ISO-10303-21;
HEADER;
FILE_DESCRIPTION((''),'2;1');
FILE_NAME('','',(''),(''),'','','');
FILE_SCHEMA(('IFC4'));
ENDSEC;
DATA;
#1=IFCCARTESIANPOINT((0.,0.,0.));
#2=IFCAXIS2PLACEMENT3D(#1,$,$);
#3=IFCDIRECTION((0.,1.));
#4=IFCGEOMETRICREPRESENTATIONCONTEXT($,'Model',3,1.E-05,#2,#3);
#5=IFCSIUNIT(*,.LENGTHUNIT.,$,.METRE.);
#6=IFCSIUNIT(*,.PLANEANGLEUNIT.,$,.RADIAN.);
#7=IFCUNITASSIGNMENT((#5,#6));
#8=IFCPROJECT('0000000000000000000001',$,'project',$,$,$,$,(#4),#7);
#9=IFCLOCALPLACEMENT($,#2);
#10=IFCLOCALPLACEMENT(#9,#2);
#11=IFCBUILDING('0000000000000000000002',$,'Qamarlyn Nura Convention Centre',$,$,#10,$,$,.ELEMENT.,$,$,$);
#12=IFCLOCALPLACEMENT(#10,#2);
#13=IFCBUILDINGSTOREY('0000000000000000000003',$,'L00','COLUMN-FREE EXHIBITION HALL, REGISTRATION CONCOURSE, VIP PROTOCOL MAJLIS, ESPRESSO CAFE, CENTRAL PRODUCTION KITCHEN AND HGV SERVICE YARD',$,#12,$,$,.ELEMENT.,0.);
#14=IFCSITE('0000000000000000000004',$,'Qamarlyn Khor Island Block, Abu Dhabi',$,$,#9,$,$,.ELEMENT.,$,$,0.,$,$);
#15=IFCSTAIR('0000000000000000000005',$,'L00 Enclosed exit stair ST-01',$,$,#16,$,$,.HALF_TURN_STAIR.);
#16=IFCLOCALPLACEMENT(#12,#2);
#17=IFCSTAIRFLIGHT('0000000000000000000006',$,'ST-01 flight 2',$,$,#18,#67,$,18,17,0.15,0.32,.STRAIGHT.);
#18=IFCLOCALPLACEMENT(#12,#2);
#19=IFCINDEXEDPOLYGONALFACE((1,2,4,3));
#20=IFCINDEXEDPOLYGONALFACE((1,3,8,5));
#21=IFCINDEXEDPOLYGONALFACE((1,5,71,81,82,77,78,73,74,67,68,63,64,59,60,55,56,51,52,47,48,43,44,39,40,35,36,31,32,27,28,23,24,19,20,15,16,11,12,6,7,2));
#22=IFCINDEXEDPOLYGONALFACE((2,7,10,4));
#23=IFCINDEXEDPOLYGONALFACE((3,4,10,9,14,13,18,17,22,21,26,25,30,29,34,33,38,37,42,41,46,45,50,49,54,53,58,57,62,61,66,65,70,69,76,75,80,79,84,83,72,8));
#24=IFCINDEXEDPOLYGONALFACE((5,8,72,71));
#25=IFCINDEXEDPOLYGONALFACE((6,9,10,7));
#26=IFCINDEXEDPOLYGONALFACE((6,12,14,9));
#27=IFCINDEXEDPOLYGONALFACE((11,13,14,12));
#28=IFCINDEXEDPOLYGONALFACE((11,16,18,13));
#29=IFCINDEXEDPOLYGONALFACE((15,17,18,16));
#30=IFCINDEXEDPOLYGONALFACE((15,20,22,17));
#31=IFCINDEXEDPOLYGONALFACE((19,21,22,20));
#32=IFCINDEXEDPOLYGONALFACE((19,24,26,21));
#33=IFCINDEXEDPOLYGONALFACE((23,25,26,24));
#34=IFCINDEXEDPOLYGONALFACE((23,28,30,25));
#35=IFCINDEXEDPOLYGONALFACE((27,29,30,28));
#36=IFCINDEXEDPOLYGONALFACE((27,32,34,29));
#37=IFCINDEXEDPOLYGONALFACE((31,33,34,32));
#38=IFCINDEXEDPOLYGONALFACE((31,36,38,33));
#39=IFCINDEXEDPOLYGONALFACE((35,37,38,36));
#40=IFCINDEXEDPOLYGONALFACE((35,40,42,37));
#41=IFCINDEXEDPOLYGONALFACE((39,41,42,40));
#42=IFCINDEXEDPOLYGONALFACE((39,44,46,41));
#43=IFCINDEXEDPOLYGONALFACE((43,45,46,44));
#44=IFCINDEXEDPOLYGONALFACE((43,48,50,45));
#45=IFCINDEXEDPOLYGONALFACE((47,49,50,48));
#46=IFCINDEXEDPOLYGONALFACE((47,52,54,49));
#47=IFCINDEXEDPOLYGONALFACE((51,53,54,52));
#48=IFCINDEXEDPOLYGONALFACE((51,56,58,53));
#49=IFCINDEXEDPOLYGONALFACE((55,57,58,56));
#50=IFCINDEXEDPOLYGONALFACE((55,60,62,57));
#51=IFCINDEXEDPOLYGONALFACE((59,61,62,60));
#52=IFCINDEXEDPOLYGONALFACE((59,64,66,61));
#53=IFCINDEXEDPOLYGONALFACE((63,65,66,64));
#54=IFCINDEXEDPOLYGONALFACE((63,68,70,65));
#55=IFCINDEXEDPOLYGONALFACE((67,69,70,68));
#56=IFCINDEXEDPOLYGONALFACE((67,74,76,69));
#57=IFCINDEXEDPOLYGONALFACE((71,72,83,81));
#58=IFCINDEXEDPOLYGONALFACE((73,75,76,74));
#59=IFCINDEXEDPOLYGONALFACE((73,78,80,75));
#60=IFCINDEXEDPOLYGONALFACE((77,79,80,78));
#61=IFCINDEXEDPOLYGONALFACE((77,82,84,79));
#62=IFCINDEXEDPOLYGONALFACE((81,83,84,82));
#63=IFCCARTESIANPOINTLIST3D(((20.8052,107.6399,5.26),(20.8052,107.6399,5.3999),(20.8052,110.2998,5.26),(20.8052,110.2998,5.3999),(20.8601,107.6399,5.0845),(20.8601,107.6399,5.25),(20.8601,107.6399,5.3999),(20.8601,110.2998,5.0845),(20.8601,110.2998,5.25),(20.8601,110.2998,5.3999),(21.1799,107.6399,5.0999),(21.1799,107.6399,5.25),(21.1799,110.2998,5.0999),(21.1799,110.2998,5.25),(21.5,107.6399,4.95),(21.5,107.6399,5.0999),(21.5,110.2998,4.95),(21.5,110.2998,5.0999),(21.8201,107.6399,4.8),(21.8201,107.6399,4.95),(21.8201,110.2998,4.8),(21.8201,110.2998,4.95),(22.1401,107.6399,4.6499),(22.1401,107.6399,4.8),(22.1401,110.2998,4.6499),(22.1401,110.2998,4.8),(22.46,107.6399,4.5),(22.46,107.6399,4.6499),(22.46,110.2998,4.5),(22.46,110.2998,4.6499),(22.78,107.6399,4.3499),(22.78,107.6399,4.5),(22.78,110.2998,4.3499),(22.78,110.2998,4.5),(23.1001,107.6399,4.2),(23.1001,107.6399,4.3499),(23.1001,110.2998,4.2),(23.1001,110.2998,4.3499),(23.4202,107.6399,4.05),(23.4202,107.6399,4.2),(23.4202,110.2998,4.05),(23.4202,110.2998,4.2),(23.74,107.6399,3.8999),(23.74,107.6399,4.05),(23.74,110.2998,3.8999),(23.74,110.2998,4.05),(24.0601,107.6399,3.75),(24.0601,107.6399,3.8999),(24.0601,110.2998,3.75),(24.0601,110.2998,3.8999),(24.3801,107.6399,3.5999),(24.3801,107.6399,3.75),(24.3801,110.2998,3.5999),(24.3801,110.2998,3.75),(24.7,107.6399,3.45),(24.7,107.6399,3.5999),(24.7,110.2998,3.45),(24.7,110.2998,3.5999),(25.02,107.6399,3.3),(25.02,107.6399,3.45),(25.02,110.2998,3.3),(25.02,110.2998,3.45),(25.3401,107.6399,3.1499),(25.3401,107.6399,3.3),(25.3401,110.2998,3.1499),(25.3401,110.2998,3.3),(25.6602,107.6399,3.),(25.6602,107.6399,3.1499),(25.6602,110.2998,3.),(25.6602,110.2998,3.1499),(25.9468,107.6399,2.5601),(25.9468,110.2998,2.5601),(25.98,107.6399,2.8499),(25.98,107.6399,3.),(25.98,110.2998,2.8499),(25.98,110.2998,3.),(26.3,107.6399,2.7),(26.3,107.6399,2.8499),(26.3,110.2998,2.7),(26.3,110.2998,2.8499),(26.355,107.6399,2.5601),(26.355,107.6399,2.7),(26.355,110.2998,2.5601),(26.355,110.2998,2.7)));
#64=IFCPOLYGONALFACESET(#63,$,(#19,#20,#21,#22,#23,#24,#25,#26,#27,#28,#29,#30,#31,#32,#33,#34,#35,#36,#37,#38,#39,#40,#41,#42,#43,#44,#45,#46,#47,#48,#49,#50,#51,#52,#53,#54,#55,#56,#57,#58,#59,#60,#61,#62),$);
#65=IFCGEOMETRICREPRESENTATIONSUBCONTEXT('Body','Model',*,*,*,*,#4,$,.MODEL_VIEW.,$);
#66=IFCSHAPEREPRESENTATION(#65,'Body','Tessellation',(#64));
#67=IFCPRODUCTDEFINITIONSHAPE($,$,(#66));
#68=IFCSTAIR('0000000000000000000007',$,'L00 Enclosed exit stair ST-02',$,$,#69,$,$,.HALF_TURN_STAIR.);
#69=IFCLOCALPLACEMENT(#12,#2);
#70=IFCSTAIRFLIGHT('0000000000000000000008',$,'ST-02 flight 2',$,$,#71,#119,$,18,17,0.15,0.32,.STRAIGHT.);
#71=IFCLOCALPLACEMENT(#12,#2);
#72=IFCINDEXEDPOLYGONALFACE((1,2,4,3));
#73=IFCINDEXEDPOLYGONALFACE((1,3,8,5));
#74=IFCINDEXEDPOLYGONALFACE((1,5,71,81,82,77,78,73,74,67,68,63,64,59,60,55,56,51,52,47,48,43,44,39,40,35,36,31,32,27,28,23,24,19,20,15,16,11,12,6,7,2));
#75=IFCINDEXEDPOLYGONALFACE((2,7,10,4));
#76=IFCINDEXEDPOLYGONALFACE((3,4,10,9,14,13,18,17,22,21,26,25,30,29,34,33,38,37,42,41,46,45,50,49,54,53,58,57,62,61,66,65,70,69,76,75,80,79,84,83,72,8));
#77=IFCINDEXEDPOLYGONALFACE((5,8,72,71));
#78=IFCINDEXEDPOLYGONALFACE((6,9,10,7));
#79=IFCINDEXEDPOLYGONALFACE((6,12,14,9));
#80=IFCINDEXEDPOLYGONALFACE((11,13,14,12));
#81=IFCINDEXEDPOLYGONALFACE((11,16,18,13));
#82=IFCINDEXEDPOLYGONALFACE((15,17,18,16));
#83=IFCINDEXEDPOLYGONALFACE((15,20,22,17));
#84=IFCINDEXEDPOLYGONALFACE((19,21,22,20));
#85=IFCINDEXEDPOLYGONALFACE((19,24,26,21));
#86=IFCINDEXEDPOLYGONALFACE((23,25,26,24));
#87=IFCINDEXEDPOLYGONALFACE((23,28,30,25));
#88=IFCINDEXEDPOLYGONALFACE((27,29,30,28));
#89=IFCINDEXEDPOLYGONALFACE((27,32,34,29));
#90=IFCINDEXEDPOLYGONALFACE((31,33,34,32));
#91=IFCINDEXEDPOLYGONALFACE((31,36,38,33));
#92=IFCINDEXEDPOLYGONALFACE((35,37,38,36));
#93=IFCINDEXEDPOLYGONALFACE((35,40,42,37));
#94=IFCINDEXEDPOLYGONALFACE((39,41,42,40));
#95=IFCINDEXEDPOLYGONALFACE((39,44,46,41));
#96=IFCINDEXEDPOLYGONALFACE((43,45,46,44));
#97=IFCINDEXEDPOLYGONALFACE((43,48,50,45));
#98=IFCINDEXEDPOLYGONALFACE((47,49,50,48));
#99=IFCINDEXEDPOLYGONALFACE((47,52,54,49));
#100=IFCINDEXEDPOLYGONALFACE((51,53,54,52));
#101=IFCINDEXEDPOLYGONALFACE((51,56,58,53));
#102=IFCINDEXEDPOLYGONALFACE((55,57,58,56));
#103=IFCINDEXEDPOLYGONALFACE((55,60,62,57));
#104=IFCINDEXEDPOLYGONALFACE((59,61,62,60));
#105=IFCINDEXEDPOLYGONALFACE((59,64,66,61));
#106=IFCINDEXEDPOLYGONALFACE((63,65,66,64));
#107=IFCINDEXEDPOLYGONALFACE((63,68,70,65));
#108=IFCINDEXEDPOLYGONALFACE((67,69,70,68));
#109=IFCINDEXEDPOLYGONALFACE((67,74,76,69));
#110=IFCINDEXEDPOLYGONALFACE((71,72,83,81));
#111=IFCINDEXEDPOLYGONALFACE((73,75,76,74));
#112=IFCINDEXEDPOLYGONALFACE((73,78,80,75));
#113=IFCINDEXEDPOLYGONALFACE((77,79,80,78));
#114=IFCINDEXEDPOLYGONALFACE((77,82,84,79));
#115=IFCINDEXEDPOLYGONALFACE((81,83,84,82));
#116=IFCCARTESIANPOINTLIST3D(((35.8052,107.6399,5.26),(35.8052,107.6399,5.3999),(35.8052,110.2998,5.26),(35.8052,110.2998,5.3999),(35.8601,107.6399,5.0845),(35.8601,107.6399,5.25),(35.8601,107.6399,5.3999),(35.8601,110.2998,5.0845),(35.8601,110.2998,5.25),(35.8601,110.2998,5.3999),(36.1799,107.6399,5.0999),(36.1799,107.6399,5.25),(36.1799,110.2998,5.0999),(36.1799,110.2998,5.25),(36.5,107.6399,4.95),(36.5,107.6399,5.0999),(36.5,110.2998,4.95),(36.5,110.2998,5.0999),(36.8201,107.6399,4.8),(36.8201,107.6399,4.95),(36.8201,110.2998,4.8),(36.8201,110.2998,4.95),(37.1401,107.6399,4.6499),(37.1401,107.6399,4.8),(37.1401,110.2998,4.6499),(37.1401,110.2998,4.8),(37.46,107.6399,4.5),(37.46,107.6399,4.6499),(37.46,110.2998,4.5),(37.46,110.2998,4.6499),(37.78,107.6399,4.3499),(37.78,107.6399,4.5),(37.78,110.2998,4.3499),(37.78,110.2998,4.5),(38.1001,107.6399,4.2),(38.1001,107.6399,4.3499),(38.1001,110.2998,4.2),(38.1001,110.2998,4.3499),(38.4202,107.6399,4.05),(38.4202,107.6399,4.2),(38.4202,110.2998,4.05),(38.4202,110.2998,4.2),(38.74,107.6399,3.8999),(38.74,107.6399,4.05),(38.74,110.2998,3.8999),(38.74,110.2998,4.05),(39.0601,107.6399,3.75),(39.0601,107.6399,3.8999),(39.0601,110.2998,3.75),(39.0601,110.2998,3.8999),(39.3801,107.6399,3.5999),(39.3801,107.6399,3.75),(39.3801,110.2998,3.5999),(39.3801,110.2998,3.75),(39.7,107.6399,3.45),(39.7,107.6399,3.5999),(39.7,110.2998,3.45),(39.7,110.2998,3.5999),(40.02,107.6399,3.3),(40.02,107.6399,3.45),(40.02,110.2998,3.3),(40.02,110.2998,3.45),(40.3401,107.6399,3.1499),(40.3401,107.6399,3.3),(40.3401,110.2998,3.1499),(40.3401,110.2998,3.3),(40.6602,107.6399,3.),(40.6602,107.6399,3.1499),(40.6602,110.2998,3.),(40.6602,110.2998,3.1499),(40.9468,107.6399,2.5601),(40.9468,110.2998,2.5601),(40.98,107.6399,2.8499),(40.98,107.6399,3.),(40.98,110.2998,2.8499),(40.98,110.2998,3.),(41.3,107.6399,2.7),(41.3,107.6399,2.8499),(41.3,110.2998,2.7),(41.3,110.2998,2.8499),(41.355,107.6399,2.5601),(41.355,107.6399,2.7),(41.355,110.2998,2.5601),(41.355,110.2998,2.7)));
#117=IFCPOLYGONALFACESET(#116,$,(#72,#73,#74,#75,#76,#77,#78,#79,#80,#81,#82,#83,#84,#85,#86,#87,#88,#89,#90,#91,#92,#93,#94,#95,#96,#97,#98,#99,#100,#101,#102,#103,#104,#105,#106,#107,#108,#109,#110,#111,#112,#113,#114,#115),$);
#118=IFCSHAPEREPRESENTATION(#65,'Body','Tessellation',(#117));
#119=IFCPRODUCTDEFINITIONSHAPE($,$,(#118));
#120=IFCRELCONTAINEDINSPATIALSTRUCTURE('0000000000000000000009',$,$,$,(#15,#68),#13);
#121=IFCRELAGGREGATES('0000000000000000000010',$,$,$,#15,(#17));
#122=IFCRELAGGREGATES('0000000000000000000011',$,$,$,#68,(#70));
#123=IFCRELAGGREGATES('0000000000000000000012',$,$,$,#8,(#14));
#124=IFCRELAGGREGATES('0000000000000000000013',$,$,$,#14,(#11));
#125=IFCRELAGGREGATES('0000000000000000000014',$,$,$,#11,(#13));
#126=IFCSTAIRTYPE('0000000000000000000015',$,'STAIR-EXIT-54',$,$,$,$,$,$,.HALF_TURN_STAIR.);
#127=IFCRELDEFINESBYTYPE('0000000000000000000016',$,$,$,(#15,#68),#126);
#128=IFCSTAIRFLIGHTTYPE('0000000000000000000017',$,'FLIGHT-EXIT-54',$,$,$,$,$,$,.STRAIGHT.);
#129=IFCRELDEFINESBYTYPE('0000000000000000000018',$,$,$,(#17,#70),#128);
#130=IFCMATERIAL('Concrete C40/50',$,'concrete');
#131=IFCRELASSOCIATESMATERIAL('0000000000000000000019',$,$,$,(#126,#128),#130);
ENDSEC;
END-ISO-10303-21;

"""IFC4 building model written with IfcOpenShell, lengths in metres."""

from ifc_helpers import new_model, si_unit, direction, frame, origin, place, context, subcontext, project, spatial, polyline, outline, extrude, material, type_object, element, aggregate, save


model = new_model("IFC4")

# Units and contexts
model_context = context("Model", 3, precision=1e-05, world=origin(), true_north=direction((0.0, 1.0)))
body_context = subcontext(model_context, "Body", "Model", "MODEL_VIEW")
ifc_project = project(units=[si_unit("LENGTHUNIT", "METRE"), si_unit("PLANEANGLEUNIT", "RADIAN")], contexts=[model_context])

# Site, building, storey
site_placement = place(None, origin())
site = spatial("IfcSite", under=ifc_project, at=site_placement, Name="Qamarlyn Khor Island Block, Abu Dhabi", CompositionType="ELEMENT", RefElevation=0.0)
building_placement = place(site_placement, origin())
building = spatial("IfcBuilding", under=site, at=building_placement, Name="Qamarlyn Nura Convention Centre", CompositionType="ELEMENT")
storey_placement = place(building_placement, origin())
storey = spatial("IfcBuildingStorey", under=building, at=storey_placement, Name="L00", Description="COLUMN-FREE EXHIBITION HALL, REGISTRATION CONCOURSE, VIP PROTOCOL MAJLIS, ESPRESSO CAFE, CENTRAL PRODUCTION KITCHEN AND HGV SERVICE YARD", CompositionType="ELEMENT", Elevation=0.0)

# Stairs, stair flights
ifc_material_1 = material(Name="Concrete C40/50", Category="concrete")
stair_type = type_object("IfcStairType", Name="STAIR-EXIT-54", PredefinedType="HALF_TURN_STAIR", material=ifc_material_1)
stair_1_placement = place(storey_placement, origin())
stair_1 = element("IfcStair", 1, at=stair_1_placement, inside=storey, type_object=stair_type, Name="L00 Enclosed exit stair ST-01", PredefinedType="HALF_TURN_STAIR")
stair_flight_type = type_object("IfcStairFlightType", Name="FLIGHT-EXIT-54", PredefinedType="STRAIGHT", material=ifc_material_1)
stair_flight_1_placement = place(storey_placement, frame((26.3, 108.97, 2.7), z_axis=(0.0, 0.0, 1.0), x_axis=(-1.0, 0.0, 0.0)))
stair_flight_1 = element("IfcStairFlight", 2, at=stair_flight_1_placement, type_object=stair_flight_type, Name="ST-01 flight 2", NumberOfRisers=18, NumberOfTreads=17, PredefinedType="STRAIGHT", RiserHeight=0.15, TreadLength=0.32, context=body_context, shape_type="SweptSolid", body=[
    extrude(outline(polyline([(-0.0549, 0.0), (0.0, 0.0), (0.0, 0.1499), (0.3201, 0.1499), (0.3201, 0.3), (0.6399, 0.3), (0.6399, 0.45), (0.96, 0.45), (0.96, 0.6001), (1.28, 0.6001), (1.28, 0.75), (1.6001, 0.75), (1.6001, 0.8999), (1.9199, 0.8999), (1.9199, 1.05), (2.24, 1.05), (2.24, 1.2), (2.5601, 1.2), (2.5601, 1.3501), (2.8799, 1.3501), (2.8799, 1.5), (3.2, 1.5), (3.2, 1.6499), (3.52, 1.6499), (3.52, 1.8), (3.8401, 1.8), (3.8401, 1.95), (4.1599, 1.95), (4.1599, 2.1001), (4.48, 2.1001), (4.48, 2.25), (4.8, 2.25), (4.8, 2.3999), (5.1201, 2.3999), (5.1201, 2.55), (5.4399, 2.55), (5.4399, 2.7), (5.4949, 2.7), (5.4949, 2.5601), (5.4399, 2.3845), (0.3533, -0.1399), (-0.0549, -0.1399), (-0.0549, 0.0)])), frame((0.0, 1.3301, 0.0), z_axis=(0.0, -1.0, 0.0), x_axis=(1.0, 0.0, 0.0)), (0.0, 0.0, 1.0), 2.6599),
])
aggregate(stair_1, [stair_flight_1])
stair_2_placement = place(storey_placement, origin())
stair_2 = element("IfcStair", 3, at=stair_2_placement, inside=storey, type_object=stair_type, Name="L00 Enclosed exit stair ST-02", PredefinedType="HALF_TURN_STAIR")
stair_flight_2_placement = place(storey_placement, frame((41.3, 108.97, 2.7), z_axis=(0.0, 0.0, 1.0), x_axis=(-1.0, 0.0, 0.0)))
stair_flight_2 = element("IfcStairFlight", 4, at=stair_flight_2_placement, type_object=stair_flight_type, Name="ST-02 flight 2", NumberOfRisers=18, NumberOfTreads=17, PredefinedType="STRAIGHT", RiserHeight=0.15, TreadLength=0.32, context=body_context, shape_type="SweptSolid", body=[
    extrude(outline(polyline([(-0.0549, 0.0), (0.0, 0.0), (0.0, 0.1499), (0.3201, 0.1499), (0.3201, 0.3), (0.6399, 0.3), (0.6399, 0.45), (0.96, 0.45), (0.96, 0.6001), (1.28, 0.6001), (1.28, 0.75), (1.6001, 0.75), (1.6001, 0.8999), (1.9199, 0.8999), (1.9199, 1.05), (2.24, 1.05), (2.24, 1.2), (2.5601, 1.2), (2.5601, 1.3501), (2.8799, 1.3501), (2.8799, 1.5), (3.2, 1.5), (3.2, 1.6499), (3.52, 1.6499), (3.52, 1.8), (3.8401, 1.8), (3.8401, 1.95), (4.1599, 1.95), (4.1599, 2.1001), (4.48, 2.1001), (4.48, 2.25), (4.8, 2.25), (4.8, 2.3999), (5.1201, 2.3999), (5.1201, 2.55), (5.4399, 2.55), (5.4399, 2.7), (5.4949, 2.7), (5.4949, 2.5601), (5.4399, 2.3845), (0.3533, -0.1399), (-0.0549, -0.1399), (-0.0549, 0.0)])), frame((0.0, 1.3301, 0.0), z_axis=(0.0, -1.0, 0.0), x_axis=(1.0, 0.0, 0.0)), (0.0, 0.0, 1.0), 2.6599),
])
aggregate(stair_2, [stair_flight_2])

save(model, "model.ifc")
